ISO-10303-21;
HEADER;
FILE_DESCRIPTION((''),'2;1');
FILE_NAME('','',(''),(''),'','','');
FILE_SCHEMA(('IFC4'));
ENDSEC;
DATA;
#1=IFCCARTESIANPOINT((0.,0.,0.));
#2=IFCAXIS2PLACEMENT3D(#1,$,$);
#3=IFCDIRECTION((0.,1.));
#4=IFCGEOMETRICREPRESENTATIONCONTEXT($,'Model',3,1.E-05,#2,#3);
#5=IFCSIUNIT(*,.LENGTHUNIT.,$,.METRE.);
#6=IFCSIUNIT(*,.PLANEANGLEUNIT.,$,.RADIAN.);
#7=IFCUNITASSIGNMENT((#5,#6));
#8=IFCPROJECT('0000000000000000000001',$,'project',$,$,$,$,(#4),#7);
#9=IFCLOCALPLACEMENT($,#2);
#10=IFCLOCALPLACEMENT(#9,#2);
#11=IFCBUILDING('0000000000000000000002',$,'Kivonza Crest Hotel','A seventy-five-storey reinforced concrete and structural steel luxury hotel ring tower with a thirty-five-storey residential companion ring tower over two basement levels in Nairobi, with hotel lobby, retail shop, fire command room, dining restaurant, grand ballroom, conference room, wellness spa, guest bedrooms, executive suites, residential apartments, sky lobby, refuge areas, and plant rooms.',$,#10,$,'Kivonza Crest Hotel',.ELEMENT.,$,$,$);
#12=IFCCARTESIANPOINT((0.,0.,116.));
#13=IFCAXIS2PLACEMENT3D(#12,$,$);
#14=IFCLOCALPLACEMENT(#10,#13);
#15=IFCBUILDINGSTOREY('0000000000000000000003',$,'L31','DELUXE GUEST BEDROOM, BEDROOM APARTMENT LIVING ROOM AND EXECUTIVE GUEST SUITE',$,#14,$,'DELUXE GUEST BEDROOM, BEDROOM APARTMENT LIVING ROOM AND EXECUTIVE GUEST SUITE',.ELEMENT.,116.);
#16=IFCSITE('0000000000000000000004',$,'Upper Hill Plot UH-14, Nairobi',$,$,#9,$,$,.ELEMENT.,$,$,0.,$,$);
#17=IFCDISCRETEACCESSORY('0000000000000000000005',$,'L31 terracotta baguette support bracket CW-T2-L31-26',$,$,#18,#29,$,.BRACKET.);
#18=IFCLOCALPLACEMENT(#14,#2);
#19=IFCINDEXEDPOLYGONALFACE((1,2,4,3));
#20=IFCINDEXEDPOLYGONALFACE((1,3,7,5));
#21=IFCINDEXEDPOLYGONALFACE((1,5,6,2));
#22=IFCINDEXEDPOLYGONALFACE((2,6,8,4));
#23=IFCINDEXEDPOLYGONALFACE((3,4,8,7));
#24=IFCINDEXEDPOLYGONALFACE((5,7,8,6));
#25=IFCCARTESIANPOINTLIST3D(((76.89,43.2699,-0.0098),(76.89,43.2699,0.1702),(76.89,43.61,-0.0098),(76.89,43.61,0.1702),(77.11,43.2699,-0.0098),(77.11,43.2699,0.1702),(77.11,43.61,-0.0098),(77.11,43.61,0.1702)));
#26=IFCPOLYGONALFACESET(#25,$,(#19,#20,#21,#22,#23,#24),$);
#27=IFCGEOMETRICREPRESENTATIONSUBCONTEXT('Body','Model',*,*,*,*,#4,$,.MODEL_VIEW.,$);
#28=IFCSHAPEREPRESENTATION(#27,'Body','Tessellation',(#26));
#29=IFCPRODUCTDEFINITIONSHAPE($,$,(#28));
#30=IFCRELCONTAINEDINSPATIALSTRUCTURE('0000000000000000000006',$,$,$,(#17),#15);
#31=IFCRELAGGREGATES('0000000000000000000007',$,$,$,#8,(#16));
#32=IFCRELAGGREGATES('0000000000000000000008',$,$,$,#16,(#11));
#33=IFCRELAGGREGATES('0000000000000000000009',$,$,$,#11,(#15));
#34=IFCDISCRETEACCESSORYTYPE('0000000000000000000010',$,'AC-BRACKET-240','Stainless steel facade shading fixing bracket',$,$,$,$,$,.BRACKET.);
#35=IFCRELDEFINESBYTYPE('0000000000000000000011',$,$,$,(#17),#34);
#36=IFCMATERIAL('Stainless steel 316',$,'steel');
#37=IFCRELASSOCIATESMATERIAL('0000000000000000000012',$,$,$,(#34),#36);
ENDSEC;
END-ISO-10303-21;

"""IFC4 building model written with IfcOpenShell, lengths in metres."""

from ifc_helpers import new_model, si_unit, direction, frame, origin, origin_2d, place, context, subcontext, project, spatial, rectangle, extrude, material, type_object, element, save


model = new_model("IFC4")

# Units and contexts
model_context = context("Model", 3, precision=1e-05, world=origin(), true_north=direction((0.0, 1.0)))
body_context = subcontext(model_context, "Body", "Model", "MODEL_VIEW")
ifc_project = project(units=[si_unit("LENGTHUNIT", "METRE"), si_unit("PLANEANGLEUNIT", "RADIAN")], contexts=[model_context])

# Site, building, storey
site_placement = place(None, origin())
site = spatial("IfcSite", under=ifc_project, at=site_placement, Name="Upper Hill Plot UH-14, Nairobi", CompositionType="ELEMENT", RefElevation=0.0)
building_placement = place(site_placement, origin())
building = spatial("IfcBuilding", under=site, at=building_placement, Name="Kivonza Crest Hotel", Description="A seventy-five-storey reinforced concrete and structural steel luxury hotel ring tower with a thirty-five-storey residential companion ring tower over two basement levels in Nairobi, with hotel lobby, retail shop, fire command room, dining restaurant, grand ballroom, conference room, wellness spa, guest bedrooms, executive suites, residential apartments, sky lobby, refuge areas, and plant rooms.", LongName="Kivonza Crest Hotel", CompositionType="ELEMENT")
storey_placement = place(building_placement, frame((0.0, 0.0, 116.0)))
storey = spatial("IfcBuildingStorey", under=building, at=storey_placement, Name="L31", Description="DELUXE GUEST BEDROOM, BEDROOM APARTMENT LIVING ROOM AND EXECUTIVE GUEST SUITE", LongName="DELUXE GUEST BEDROOM, BEDROOM APARTMENT LIVING ROOM AND EXECUTIVE GUEST SUITE", CompositionType="ELEMENT", Elevation=116.0)

# Discrete accessory
ifc_material_1 = material(Name="Stainless steel 316", Category="steel")
discrete_accessory_type = type_object("IfcDiscreteAccessoryType", Name="AC-BRACKET-240", Description="Stainless steel facade shading fixing bracket", PredefinedType="BRACKET", material=ifc_material_1)
discrete_accessory_placement = place(storey_placement, frame((77.0, 43.4399, -0.0098), z_axis=(0.0, 0.0, 1.0), x_axis=(-1.0, 0.0, 0.0)))
element("IfcDiscreteAccessory", 1, at=discrete_accessory_placement, inside=storey, type_object=discrete_accessory_type, Name="L31 terracotta baguette support bracket CW-T2-L31-26", PredefinedType="BRACKET", context=body_context, shape_type="SweptSolid", body=[
    extrude(rectangle(XDim=0.22, YDim=0.3401, at=origin_2d()), origin(), (0.0, 0.0, 1.0), 0.1799),
])

save(model, "model.ifc")
